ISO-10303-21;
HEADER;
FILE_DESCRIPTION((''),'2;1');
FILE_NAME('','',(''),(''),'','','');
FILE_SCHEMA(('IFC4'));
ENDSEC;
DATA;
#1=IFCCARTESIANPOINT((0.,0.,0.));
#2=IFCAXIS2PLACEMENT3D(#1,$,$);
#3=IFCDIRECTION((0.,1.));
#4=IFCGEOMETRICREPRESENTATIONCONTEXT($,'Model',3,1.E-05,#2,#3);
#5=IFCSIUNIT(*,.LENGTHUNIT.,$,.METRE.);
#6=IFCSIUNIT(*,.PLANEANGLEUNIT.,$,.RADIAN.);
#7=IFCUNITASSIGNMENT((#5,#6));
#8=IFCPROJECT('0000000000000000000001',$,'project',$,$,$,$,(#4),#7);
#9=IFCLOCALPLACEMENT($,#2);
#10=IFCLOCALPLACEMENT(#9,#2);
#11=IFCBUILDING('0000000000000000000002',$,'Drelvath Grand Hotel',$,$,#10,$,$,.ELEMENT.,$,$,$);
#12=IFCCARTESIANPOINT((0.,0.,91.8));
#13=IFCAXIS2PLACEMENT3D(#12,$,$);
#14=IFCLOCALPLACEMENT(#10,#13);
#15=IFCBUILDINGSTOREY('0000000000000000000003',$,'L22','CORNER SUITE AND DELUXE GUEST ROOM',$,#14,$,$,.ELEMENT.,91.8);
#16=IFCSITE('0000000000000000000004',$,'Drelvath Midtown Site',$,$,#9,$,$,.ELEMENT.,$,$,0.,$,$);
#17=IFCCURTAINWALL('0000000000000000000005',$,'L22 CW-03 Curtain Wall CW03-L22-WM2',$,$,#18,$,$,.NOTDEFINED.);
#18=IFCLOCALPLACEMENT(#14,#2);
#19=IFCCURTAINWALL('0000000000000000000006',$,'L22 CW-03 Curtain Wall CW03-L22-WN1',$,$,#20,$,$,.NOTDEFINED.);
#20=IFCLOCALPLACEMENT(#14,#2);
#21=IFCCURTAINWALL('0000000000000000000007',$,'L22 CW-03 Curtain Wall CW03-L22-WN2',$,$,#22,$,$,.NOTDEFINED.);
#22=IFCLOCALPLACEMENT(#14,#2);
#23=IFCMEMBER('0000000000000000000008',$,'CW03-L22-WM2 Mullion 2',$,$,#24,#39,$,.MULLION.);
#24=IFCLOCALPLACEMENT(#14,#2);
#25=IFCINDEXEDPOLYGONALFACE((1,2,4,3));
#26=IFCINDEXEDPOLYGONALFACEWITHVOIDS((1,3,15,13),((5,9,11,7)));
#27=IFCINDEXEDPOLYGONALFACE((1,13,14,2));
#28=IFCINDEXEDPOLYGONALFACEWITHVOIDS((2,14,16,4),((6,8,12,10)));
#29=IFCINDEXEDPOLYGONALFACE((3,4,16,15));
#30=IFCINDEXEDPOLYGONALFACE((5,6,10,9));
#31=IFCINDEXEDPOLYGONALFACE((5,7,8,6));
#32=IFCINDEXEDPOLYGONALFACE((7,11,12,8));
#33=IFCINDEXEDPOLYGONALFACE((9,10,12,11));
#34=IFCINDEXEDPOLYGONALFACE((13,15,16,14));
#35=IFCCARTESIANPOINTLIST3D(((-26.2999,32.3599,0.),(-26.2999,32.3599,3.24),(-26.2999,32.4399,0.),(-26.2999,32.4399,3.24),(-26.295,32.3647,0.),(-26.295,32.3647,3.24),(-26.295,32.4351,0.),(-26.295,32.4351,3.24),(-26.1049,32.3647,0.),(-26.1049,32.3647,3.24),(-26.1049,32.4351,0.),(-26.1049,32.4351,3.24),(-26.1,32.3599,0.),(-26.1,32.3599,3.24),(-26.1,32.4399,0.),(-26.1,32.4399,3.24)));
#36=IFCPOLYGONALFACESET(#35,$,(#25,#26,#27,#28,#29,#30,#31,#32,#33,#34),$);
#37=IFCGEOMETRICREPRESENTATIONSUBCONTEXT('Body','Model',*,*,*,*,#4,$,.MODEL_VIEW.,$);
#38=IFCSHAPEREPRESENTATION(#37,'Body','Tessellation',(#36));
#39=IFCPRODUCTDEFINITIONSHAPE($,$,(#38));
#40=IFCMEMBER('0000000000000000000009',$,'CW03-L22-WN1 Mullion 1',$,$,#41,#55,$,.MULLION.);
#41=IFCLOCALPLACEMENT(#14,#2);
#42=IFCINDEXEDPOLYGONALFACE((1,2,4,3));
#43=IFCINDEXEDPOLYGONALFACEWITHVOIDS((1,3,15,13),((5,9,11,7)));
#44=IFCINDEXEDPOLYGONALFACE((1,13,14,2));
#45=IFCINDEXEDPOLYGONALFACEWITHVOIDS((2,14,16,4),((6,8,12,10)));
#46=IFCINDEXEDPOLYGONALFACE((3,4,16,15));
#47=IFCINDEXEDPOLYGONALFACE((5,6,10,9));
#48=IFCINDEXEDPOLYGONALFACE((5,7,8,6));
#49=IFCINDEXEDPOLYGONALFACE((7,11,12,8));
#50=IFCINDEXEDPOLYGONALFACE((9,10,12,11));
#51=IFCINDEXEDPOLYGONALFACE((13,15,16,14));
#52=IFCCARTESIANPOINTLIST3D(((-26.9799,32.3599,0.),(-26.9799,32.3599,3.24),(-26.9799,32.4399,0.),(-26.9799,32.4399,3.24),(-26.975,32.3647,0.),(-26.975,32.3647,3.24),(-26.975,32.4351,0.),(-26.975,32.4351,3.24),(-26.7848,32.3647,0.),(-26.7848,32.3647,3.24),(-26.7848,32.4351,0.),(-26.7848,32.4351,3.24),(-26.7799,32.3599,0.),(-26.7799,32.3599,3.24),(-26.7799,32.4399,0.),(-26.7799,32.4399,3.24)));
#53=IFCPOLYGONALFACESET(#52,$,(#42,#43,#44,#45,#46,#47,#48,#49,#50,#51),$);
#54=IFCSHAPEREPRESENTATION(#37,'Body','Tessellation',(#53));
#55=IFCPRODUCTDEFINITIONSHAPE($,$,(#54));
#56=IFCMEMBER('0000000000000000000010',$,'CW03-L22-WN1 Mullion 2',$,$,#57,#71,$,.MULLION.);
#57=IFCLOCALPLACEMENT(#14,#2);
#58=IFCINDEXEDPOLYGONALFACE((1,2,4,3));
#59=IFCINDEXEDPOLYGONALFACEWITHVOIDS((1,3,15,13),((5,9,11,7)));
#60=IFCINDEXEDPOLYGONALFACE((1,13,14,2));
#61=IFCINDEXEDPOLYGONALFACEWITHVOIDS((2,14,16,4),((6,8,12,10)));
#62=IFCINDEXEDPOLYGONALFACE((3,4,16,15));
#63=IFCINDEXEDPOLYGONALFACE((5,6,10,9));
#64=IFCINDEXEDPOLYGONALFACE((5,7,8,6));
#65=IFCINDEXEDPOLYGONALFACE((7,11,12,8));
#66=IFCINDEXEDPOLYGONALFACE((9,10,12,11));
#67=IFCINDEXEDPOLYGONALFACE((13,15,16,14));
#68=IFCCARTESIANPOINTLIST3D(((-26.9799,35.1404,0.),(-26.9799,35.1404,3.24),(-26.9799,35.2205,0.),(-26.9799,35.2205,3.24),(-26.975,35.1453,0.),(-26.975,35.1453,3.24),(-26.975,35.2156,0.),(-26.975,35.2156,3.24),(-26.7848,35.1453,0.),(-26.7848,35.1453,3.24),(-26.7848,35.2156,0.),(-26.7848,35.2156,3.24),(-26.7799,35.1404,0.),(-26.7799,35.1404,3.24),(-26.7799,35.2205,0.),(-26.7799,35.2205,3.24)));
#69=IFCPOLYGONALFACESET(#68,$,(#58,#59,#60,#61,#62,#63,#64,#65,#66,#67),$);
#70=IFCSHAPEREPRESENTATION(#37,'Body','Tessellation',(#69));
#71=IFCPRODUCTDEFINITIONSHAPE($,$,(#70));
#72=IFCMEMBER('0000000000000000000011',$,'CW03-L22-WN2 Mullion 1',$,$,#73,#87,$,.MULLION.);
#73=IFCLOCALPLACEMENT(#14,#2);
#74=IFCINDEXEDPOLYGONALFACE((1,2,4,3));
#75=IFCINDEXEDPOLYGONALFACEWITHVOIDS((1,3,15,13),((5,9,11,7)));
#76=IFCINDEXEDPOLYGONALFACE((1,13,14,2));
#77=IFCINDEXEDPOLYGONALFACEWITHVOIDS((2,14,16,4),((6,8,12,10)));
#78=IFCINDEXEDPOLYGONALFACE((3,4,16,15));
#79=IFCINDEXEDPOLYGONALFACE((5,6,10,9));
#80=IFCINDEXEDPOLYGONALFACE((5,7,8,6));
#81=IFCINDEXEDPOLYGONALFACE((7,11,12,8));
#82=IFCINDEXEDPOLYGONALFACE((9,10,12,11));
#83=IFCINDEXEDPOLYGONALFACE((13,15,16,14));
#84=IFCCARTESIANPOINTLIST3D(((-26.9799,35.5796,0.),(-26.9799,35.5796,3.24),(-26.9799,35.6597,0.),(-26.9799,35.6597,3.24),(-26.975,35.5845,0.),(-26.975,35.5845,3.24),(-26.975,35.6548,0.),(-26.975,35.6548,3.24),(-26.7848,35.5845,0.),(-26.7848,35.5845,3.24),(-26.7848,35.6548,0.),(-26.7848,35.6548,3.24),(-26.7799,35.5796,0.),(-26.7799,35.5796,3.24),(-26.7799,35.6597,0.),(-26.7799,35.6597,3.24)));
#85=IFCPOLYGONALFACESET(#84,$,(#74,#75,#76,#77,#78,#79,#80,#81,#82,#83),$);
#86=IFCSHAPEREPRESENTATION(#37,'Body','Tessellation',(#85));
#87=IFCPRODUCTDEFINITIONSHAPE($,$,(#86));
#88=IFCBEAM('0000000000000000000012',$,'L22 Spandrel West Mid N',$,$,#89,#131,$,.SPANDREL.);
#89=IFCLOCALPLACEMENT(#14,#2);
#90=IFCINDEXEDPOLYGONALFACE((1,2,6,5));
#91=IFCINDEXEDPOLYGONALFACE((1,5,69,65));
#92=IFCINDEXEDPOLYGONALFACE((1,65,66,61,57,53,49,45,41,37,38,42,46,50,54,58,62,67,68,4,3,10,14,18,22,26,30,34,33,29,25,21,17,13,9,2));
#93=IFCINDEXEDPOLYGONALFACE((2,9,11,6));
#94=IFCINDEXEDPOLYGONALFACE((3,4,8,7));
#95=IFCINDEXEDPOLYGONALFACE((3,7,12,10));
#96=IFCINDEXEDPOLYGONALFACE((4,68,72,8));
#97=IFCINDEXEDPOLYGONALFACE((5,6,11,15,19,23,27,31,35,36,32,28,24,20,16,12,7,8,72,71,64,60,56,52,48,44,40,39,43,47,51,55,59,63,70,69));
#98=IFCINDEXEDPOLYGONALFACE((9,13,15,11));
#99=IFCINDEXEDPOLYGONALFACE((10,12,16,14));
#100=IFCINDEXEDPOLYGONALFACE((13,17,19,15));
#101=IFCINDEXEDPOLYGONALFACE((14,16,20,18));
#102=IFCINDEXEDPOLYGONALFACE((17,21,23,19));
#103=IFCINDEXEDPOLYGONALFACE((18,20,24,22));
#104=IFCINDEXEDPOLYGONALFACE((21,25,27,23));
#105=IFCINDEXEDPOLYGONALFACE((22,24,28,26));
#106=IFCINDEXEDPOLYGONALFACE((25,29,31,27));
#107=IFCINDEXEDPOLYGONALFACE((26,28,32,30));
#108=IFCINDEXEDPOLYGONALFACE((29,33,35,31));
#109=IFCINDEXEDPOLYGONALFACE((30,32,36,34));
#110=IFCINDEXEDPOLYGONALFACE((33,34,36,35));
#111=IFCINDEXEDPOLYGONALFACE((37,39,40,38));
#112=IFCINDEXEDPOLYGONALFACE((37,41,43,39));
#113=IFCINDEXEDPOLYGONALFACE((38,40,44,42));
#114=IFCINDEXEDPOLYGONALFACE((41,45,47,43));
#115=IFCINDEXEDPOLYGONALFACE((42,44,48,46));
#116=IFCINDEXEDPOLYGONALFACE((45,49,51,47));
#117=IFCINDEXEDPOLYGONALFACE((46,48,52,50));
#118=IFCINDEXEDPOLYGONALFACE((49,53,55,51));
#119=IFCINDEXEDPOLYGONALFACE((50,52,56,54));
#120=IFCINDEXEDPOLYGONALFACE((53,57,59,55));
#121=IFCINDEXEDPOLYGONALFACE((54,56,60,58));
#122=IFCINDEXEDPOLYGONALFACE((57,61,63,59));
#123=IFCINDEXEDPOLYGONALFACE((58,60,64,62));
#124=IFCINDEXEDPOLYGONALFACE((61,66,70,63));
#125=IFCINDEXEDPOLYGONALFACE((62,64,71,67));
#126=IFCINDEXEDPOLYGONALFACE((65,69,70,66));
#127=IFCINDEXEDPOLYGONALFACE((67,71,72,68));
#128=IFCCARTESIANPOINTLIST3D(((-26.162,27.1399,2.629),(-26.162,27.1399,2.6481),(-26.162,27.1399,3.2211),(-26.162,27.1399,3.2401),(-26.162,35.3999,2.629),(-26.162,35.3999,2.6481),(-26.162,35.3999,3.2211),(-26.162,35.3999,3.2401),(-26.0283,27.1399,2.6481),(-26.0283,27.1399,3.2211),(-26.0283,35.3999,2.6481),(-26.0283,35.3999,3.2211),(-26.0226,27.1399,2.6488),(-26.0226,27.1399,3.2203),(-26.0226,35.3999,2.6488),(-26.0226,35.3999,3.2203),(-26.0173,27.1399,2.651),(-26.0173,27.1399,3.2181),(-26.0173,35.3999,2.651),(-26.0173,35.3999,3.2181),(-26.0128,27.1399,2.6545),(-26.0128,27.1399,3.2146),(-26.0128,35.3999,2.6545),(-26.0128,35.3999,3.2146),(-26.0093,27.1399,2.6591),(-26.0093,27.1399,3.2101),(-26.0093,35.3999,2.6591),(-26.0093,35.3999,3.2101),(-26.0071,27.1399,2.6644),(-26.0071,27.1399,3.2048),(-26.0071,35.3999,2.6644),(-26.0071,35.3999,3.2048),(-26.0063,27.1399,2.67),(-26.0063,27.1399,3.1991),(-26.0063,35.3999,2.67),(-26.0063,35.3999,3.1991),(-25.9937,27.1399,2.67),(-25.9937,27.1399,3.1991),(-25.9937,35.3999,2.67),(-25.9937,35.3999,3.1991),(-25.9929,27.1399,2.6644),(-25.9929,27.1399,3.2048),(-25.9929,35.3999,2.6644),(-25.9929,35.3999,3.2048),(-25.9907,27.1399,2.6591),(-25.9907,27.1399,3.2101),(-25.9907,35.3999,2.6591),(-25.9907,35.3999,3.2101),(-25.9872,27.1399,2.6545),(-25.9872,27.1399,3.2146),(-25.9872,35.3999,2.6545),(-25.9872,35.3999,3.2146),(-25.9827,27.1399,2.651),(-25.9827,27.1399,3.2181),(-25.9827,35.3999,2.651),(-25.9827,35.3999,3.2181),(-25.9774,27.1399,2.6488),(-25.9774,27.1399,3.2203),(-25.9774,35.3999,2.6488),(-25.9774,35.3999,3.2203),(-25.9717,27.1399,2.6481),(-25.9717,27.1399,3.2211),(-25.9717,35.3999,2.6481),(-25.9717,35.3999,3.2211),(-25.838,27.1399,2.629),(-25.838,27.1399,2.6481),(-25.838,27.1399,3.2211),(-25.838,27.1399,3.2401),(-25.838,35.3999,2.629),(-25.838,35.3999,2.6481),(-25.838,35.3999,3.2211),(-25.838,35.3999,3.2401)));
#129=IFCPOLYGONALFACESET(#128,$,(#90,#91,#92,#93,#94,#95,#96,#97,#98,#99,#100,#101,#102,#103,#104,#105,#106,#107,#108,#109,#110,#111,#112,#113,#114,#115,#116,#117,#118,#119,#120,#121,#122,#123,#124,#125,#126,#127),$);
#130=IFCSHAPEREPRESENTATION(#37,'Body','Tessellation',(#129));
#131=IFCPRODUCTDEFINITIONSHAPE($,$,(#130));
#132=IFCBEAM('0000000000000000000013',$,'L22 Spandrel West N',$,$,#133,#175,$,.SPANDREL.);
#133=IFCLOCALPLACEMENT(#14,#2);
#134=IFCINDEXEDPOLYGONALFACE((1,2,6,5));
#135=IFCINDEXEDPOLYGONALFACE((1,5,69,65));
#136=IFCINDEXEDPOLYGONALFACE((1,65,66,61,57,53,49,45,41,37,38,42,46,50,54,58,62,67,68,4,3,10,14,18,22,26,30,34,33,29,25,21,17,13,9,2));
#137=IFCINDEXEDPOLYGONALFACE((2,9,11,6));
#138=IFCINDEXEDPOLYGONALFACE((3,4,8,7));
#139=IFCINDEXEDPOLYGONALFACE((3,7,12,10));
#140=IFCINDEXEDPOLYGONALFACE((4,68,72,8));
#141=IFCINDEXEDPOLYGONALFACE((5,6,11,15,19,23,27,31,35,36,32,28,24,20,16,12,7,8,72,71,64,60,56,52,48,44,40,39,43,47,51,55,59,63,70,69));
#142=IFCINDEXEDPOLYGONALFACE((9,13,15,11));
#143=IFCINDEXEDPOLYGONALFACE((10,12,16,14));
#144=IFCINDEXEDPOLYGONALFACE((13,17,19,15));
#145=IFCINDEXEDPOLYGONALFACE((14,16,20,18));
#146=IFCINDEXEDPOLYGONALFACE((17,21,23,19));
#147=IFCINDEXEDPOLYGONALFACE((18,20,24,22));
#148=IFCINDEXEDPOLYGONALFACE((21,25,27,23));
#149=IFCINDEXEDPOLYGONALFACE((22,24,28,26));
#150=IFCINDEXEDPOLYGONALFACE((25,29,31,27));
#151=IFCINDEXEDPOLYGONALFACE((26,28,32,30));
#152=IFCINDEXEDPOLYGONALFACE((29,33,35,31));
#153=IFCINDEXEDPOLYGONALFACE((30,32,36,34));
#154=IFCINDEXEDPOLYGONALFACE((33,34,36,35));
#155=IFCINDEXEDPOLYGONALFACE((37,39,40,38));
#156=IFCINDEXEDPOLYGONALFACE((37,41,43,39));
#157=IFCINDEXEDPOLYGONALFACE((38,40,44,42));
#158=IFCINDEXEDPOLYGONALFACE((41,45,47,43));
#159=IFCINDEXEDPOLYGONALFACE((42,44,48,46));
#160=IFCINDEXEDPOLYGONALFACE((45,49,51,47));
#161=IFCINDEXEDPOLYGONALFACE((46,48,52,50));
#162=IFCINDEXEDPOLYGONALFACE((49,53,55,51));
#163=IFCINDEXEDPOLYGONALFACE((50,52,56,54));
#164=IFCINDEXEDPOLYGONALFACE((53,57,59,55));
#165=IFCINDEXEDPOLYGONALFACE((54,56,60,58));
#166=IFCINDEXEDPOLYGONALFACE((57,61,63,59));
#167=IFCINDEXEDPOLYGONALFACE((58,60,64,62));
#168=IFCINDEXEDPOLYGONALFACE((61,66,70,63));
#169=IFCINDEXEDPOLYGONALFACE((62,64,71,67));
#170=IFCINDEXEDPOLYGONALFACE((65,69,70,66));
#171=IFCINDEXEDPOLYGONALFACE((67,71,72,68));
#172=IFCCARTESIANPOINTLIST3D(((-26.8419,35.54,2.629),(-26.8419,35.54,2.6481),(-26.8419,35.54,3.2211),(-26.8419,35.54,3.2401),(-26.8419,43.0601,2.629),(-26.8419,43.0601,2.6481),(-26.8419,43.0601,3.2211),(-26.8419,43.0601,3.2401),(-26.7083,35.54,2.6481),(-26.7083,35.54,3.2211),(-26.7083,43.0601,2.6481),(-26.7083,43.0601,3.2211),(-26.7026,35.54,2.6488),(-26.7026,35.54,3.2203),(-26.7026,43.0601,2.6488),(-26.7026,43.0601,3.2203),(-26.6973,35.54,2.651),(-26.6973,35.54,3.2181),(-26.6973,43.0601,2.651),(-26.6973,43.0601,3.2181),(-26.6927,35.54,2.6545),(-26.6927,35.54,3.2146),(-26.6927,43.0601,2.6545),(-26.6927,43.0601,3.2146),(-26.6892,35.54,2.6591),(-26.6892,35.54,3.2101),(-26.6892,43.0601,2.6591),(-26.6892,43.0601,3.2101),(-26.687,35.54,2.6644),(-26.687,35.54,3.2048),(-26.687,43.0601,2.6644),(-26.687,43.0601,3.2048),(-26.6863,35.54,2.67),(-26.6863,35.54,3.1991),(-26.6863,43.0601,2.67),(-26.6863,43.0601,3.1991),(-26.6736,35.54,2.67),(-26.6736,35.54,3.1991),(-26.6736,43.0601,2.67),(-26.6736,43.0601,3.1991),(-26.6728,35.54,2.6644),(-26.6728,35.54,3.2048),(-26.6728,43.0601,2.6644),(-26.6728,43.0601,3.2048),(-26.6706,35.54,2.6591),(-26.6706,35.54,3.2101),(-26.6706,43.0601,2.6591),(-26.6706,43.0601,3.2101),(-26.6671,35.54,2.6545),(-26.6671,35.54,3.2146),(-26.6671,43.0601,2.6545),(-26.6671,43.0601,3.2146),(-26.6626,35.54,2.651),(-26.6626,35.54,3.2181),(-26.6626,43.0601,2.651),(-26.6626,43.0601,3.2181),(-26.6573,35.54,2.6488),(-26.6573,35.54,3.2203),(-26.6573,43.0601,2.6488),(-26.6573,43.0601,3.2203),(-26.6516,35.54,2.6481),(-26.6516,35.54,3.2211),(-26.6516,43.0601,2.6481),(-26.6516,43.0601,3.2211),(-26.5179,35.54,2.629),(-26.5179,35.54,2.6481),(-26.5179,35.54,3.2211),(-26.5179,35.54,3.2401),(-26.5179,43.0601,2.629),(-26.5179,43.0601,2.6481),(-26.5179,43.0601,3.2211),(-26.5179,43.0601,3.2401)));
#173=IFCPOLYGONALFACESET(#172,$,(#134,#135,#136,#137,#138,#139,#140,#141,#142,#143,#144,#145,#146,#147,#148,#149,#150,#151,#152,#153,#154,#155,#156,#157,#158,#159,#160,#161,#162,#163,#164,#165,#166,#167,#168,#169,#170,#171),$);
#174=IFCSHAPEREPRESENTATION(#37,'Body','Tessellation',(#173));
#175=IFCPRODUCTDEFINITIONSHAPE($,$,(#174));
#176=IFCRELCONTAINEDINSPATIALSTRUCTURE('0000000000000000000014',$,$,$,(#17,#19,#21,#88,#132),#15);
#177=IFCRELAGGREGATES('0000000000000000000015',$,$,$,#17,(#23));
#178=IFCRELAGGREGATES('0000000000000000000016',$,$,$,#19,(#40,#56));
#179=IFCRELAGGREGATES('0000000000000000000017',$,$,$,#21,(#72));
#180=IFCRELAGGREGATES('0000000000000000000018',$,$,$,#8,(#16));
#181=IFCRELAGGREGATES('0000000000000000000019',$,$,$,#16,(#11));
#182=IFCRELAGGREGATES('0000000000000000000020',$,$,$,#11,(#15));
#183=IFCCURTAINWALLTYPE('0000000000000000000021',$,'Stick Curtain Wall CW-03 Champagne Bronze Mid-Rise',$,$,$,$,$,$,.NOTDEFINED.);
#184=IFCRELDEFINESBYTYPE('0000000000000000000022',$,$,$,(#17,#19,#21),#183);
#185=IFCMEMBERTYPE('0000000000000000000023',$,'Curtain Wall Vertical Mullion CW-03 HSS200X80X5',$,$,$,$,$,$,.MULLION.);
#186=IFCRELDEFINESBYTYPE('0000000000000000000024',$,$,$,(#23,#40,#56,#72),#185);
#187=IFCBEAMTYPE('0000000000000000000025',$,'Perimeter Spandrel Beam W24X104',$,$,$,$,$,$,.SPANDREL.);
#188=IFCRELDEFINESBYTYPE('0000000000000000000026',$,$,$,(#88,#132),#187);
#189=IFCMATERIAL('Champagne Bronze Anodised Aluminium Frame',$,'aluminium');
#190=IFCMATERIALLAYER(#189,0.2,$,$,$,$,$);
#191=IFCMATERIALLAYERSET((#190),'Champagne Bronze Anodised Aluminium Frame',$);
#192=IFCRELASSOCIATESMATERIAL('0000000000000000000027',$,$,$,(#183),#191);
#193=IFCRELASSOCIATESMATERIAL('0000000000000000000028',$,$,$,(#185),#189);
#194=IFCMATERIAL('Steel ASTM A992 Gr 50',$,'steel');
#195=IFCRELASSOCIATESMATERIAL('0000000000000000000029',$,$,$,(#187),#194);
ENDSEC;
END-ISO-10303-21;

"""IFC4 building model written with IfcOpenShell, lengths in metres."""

from ifc_helpers import new_model, si_unit, direction, frame, origin, origin_2d, place, context, subcontext, project, spatial, hollow_rectangle, i_section, extrude, material, layer, layer_set, material_profile, profile_set, type_object, element, aggregate, save


model = new_model("IFC4")

# Units and contexts
model_context = context("Model", 3, precision=1e-05, world=origin(), true_north=direction((0.0, 1.0)))
body_context = subcontext(model_context, "Body", "Model", "MODEL_VIEW")
ifc_project = project(units=[si_unit("LENGTHUNIT", "METRE"), si_unit("PLANEANGLEUNIT", "RADIAN")], contexts=[model_context])

# Site, building, storey
site_placement = place(None, origin())
site = spatial("IfcSite", under=ifc_project, at=site_placement, Name="Drelvath Midtown Site", CompositionType="ELEMENT", RefElevation=0.0)
building_placement = place(site_placement, origin())
building = spatial("IfcBuilding", under=site, at=building_placement, Name="Drelvath Grand Hotel", CompositionType="ELEMENT")
storey_placement = place(building_placement, frame((0.0, 0.0, 91.8)))
storey = spatial("IfcBuildingStorey", under=building, at=storey_placement, Name="L22", Description="CORNER SUITE AND DELUXE GUEST ROOM", CompositionType="ELEMENT", Elevation=91.8)

# Curtain walls
ifc_material_1 = material(Name="Champagne Bronze Anodised Aluminium Frame", Category="aluminium")
ifc_layer_1 = layer(ifc_material_1, 0.2)
ifc_layer_set_1 = layer_set([ifc_layer_1], Name="Champagne Bronze Anodised Aluminium Frame")
curtain_wall_type = type_object("IfcCurtainWallType", Name="Stick Curtain Wall CW-03 Champagne Bronze Mid-Rise", PredefinedType="NOTDEFINED", material=ifc_layer_set_1)
curtain_wall_1_placement = place(storey_placement, origin())
curtain_wall_1 = element("IfcCurtainWall", 1, at=curtain_wall_1_placement, inside=storey, type_object=curtain_wall_type, Name="L22 CW-03 Curtain Wall CW03-L22-WM2", PredefinedType="NOTDEFINED")
curtain_wall_2_placement = place(storey_placement, origin())
curtain_wall_2 = element("IfcCurtainWall", 2, at=curtain_wall_2_placement, inside=storey, type_object=curtain_wall_type, Name="L22 CW-03 Curtain Wall CW03-L22-WN1", PredefinedType="NOTDEFINED")
curtain_wall_3_placement = place(storey_placement, origin())
curtain_wall_3 = element("IfcCurtainWall", 3, at=curtain_wall_3_placement, inside=storey, type_object=curtain_wall_type, Name="L22 CW-03 Curtain Wall CW03-L22-WN2", PredefinedType="NOTDEFINED")
ifc_material_profile_1 = material_profile(ifc_material_1, hollow_rectangle(XDim=0.0801, YDim=0.2, WallThickness=0.0049, at=origin_2d()), Name="HSS200X80X5")
ifc_profile_set_1 = profile_set([ifc_material_profile_1], Name="Champagne Bronze Anodised Aluminium Frame")
member_type_1 = type_object("IfcMemberType", Name="Curtain Wall Vertical Mullion CW-03 HSS200X80X5", PredefinedType="MULLION", material=ifc_profile_set_1)

# Members
member_1_placement = place(storey_placement, frame((-26.2, 32.3999, 0.0), z_axis=(0.0, 0.0, 1.0), x_axis=(0.0, 1.0, 0.0)))
member_1 = element("IfcMember", 4, at=member_1_placement, type_object=member_type_1, Name="CW03-L22-WM2 Mullion 2", PredefinedType="MULLION", context=body_context, shape_type="SweptSolid", body=[
    extrude(hollow_rectangle(XDim=0.0801, YDim=0.2, WallThickness=0.0049, at=origin_2d()), origin(), (0.0, 0.0, 1.0), 3.24),
])
member_2_placement = place(storey_placement, frame((-26.8799, 32.3999, 0.0), z_axis=(0.0, 0.0, 1.0), x_axis=(0.0, 1.0, 0.0)))
member_2 = element("IfcMember", 5, at=member_2_placement, type_object=member_type_1, Name="CW03-L22-WN1 Mullion 1", PredefinedType="MULLION", context=body_context, shape_type="SweptSolid", body=[
    extrude(hollow_rectangle(XDim=0.0801, YDim=0.2, WallThickness=0.0049, at=origin_2d()), origin(), (0.0, 0.0, 1.0), 3.24),
])
member_3_placement = place(storey_placement, frame((-26.8799, 35.1804, 0.0), z_axis=(0.0, 0.0, 1.0), x_axis=(0.0, 1.0, 0.0)))
member_3 = element("IfcMember", 6, at=member_3_placement, type_object=member_type_1, Name="CW03-L22-WN1 Mullion 2", PredefinedType="MULLION", context=body_context, shape_type="SweptSolid", body=[
    extrude(hollow_rectangle(XDim=0.0801, YDim=0.2, WallThickness=0.0049, at=origin_2d()), origin(), (0.0, 0.0, 1.0), 3.24),
])
member_4_placement = place(storey_placement, frame((-26.8799, 35.6196, 0.0), z_axis=(0.0, 0.0, 1.0), x_axis=(0.0, 1.0, 0.0)))
member_4 = element("IfcMember", 7, at=member_4_placement, type_object=member_type_1, Name="CW03-L22-WN2 Mullion 1", PredefinedType="MULLION", context=body_context, shape_type="SweptSolid", body=[
    extrude(hollow_rectangle(XDim=0.0801, YDim=0.2, WallThickness=0.0049, at=origin_2d()), origin(), (0.0, 0.0, 1.0), 3.24),
])

# Beams
ifc_material_2 = material(Name="Steel ASTM A992 Gr 50", Category="steel")
ifc_material_profile_2 = material_profile(ifc_material_2, i_section(OverallWidth=0.324, OverallDepth=0.6111, WebThickness=0.0127, FlangeThickness=0.019, FilletRadius=0.022, at=origin_2d()), Name="W24X104")
ifc_profile_set_2 = profile_set([ifc_material_profile_2], Name="Steel ASTM A992 Gr 50")
beam_type_1 = type_object("IfcBeamType", Name="Perimeter Spandrel Beam W24X104", PredefinedType="SPANDREL", material=ifc_profile_set_2)
beam_1_placement = place(storey_placement, frame((-26.0, 27.1399, 2.9346), z_axis=(0.0, 1.0, 0.0), x_axis=(-1.0, 0.0, 0.0)))
element("IfcBeam", 8, at=beam_1_placement, inside=storey, type_object=beam_type_1, Name="L22 Spandrel West Mid N", PredefinedType="SPANDREL", context=body_context, shape_type="SweptSolid", body=[
    extrude(i_section(OverallWidth=0.324, OverallDepth=0.6111, WebThickness=0.0127, FlangeThickness=0.019, FilletRadius=0.022, at=origin_2d()), origin(), (0.0, 0.0, 1.0), 8.26),
])
beam_2_placement = place(storey_placement, frame((-26.6799, 35.54, 2.9346), z_axis=(0.0, 1.0, 0.0), x_axis=(-1.0, 0.0, 0.0)))
element("IfcBeam", 9, at=beam_2_placement, inside=storey, type_object=beam_type_1, Name="L22 Spandrel West N", PredefinedType="SPANDREL", context=body_context, shape_type="SweptSolid", body=[
    extrude(i_section(OverallWidth=0.324, OverallDepth=0.6111, WebThickness=0.0127, FlangeThickness=0.019, FilletRadius=0.022, at=origin_2d()), origin(), (0.0, 0.0, 1.0), 7.52),
])

aggregate(curtain_wall_1, [member_1])
aggregate(curtain_wall_2, [member_2, member_3])
aggregate(curtain_wall_3, [member_4])

save(model, "model.ifc")
